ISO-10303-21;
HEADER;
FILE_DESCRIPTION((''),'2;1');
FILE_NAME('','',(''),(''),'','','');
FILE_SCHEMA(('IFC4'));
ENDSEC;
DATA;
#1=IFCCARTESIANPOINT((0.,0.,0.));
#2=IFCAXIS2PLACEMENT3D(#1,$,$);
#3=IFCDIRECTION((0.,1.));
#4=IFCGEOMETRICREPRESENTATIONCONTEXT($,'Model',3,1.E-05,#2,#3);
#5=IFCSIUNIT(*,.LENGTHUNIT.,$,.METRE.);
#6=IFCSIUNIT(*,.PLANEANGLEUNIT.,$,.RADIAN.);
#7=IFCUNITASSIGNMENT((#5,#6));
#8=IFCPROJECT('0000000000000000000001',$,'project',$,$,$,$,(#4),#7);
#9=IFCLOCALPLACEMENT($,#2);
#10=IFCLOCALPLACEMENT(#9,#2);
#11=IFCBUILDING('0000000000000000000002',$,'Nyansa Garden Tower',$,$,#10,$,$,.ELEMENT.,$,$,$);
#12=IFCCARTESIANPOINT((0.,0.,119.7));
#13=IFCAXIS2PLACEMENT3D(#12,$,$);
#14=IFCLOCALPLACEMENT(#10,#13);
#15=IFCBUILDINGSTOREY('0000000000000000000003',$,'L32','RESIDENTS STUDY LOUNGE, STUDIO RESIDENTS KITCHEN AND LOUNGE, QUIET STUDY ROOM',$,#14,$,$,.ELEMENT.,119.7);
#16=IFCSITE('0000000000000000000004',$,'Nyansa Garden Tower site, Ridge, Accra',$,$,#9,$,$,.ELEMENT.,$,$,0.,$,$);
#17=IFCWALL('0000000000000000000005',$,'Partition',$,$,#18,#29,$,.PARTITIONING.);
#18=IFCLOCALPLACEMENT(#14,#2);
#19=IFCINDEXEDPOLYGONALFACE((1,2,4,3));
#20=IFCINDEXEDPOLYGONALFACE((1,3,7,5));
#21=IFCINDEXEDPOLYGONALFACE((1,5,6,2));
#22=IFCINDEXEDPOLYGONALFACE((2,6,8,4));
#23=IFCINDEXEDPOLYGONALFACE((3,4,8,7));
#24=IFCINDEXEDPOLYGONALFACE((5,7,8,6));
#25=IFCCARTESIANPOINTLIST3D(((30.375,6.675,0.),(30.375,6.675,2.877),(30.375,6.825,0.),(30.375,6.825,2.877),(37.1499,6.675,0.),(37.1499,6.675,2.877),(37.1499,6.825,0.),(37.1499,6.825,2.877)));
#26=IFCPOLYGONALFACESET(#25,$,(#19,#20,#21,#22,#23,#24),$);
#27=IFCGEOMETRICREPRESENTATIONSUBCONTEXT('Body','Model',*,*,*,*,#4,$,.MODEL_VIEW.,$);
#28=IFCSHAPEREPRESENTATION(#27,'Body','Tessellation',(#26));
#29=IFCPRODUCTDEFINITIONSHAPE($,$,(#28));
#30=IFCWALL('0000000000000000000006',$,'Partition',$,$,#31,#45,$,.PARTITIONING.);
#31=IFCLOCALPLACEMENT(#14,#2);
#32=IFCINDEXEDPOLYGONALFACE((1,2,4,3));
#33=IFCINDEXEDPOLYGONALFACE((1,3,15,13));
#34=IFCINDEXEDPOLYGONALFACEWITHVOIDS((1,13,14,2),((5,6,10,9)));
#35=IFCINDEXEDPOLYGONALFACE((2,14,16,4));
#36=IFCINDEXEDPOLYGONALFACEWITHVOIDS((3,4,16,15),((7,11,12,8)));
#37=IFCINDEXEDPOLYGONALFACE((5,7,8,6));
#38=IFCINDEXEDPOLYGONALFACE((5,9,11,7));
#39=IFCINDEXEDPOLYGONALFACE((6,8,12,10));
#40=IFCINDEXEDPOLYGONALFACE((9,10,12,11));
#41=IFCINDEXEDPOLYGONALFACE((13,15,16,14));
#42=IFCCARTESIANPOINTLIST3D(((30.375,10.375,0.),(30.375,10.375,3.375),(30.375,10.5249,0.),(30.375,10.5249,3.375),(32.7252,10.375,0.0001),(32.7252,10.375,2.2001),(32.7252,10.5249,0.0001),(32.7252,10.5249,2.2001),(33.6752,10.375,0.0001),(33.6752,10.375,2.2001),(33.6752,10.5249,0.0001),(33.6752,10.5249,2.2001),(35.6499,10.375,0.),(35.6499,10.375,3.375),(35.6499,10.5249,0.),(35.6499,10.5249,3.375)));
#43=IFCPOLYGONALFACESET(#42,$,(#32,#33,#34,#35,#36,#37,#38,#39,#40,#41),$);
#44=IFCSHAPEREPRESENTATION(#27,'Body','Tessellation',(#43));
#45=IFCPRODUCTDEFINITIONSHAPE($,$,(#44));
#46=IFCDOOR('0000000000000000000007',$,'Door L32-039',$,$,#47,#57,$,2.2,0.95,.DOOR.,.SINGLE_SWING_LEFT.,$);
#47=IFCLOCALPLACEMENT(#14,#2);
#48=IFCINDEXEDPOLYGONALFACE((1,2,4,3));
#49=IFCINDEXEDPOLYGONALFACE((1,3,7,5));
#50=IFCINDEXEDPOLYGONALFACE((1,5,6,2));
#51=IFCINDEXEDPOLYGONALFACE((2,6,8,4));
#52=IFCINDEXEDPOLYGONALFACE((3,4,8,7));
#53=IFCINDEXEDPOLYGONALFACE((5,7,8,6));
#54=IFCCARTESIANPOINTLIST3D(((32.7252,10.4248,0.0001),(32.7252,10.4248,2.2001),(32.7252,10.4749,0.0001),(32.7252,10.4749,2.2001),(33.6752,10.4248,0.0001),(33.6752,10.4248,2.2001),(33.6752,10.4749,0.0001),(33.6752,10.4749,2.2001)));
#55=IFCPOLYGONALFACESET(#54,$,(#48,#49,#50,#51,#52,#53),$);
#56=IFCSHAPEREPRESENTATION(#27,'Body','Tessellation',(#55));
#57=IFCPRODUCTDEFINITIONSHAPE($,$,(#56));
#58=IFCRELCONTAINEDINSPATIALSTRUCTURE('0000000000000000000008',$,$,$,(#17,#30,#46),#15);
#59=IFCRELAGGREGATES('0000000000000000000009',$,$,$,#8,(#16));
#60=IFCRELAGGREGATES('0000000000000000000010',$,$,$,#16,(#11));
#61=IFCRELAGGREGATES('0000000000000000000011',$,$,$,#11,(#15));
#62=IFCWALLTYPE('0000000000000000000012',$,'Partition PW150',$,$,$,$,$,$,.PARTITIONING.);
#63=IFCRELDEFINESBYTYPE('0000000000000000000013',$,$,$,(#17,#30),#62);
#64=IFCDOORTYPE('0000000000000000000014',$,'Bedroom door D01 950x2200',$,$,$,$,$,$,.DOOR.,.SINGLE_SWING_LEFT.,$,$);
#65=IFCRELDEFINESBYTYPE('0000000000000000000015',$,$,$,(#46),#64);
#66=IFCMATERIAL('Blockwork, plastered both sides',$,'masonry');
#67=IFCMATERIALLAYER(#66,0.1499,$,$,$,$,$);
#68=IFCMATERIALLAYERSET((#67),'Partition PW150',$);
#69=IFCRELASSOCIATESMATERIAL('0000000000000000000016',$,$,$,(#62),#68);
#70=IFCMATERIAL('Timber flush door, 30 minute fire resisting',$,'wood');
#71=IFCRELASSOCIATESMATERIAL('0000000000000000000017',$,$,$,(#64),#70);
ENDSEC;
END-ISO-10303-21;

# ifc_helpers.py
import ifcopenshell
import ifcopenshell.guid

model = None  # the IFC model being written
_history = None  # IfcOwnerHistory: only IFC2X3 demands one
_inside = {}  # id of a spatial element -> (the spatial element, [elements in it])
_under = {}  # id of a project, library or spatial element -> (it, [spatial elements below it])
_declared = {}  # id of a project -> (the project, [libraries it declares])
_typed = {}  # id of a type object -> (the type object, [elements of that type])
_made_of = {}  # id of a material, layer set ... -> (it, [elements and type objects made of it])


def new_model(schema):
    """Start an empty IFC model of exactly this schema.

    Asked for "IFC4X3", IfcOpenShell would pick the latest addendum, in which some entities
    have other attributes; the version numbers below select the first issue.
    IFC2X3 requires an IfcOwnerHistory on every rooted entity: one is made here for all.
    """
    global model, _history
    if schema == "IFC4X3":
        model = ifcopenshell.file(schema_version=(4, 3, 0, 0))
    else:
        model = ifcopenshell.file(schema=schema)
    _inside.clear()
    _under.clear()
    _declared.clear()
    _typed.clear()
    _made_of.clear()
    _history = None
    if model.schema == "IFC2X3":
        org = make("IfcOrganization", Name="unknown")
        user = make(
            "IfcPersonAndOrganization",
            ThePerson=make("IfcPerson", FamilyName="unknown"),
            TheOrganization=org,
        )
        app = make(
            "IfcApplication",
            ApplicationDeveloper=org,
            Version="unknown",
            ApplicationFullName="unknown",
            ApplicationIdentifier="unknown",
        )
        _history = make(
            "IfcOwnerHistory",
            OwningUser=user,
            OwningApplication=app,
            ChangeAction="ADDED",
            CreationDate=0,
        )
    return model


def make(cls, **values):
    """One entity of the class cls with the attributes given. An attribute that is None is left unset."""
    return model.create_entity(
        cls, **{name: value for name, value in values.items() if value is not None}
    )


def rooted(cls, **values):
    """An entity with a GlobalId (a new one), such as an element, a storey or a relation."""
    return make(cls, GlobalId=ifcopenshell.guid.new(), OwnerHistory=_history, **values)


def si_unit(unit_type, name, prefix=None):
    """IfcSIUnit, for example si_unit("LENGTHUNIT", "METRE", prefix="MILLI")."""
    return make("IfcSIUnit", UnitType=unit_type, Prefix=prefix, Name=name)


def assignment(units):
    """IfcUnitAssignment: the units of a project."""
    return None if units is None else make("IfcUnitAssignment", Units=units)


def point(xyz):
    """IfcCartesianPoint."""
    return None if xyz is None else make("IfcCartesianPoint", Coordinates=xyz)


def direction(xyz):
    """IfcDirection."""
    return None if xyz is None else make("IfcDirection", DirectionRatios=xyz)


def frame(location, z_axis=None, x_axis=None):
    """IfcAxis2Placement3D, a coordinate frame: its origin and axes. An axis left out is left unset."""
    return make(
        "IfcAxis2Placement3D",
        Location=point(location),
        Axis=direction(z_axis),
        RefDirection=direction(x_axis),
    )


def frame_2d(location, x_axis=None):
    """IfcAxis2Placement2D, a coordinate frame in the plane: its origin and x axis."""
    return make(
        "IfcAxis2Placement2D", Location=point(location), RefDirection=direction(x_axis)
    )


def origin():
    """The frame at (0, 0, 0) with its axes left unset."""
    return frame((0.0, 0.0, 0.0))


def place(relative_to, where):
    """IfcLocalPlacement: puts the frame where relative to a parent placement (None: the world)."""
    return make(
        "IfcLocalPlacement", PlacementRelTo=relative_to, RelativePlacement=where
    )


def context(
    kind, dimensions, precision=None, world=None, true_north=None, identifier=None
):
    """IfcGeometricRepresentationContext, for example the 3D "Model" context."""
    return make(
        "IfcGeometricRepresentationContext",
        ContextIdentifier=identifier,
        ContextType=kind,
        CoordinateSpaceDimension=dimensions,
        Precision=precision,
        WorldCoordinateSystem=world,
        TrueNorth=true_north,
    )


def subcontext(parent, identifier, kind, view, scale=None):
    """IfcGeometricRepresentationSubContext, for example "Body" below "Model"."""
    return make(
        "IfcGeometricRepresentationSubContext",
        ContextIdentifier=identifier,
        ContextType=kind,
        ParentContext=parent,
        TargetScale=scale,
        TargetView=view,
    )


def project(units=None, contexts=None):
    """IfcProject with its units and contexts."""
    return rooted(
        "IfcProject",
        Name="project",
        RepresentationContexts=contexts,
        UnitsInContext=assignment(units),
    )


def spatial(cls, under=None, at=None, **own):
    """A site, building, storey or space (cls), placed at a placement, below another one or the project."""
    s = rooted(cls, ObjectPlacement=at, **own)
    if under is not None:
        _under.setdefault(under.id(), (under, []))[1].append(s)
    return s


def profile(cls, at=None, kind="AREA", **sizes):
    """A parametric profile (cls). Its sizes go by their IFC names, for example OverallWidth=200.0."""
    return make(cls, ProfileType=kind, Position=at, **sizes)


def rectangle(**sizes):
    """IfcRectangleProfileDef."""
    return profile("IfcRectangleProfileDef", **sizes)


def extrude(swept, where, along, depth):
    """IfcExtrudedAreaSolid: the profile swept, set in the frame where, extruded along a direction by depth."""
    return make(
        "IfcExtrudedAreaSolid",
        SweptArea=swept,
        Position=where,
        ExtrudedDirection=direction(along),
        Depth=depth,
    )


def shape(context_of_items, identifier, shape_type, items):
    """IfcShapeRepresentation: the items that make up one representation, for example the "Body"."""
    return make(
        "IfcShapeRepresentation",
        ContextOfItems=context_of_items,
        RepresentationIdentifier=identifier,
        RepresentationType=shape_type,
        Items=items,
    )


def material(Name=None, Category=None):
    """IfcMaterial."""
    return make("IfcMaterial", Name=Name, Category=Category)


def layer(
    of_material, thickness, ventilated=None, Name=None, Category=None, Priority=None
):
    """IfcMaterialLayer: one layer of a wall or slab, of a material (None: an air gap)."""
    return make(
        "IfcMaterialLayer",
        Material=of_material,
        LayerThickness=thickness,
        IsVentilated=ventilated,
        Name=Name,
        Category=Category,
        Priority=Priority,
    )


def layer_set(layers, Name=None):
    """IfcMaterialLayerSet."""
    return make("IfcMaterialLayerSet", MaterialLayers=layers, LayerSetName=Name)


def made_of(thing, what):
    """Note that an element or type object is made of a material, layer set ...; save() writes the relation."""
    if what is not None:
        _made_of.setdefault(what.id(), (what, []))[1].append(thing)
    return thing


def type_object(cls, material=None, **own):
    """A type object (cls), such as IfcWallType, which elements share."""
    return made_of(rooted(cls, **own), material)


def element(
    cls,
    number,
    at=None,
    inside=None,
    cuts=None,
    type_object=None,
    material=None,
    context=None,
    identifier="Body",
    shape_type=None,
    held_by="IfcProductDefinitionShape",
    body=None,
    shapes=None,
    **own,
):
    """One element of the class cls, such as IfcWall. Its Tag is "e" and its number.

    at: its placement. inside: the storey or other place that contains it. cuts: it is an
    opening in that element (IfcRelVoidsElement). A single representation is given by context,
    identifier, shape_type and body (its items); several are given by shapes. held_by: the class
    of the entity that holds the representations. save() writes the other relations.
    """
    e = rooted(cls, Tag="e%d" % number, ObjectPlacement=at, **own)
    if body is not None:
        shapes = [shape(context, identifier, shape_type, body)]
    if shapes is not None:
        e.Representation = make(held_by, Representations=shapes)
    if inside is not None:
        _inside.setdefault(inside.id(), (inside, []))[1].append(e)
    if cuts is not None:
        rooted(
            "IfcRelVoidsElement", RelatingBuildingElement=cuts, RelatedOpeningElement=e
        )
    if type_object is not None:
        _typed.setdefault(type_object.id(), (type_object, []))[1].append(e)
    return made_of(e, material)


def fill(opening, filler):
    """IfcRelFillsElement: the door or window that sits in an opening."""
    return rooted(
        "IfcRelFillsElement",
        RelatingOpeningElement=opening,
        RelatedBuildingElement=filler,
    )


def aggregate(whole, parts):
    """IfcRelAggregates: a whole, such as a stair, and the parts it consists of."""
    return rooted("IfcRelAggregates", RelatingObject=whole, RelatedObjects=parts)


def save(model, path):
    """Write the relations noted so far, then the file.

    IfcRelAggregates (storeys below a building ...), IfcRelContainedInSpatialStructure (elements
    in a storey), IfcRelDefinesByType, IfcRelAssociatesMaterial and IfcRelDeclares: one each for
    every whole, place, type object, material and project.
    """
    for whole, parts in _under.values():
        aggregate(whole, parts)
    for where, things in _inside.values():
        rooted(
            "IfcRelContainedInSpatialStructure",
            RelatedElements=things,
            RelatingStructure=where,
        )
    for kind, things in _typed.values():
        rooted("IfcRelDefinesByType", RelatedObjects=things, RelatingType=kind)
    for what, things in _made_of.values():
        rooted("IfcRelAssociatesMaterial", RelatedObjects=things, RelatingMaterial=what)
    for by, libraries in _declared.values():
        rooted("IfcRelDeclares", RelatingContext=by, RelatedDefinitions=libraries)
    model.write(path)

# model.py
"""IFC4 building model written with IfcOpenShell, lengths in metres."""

from ifc_helpers import new_model, si_unit, direction, frame, frame_2d, origin, place, context, subcontext, project, spatial, rectangle, extrude, material, layer, layer_set, type_object, element, fill, save


model = new_model("IFC4")

# Units and contexts
model_context = context("Model", 3, precision=1e-05, world=origin(), true_north=direction((0.0, 1.0)))
body_context = subcontext(model_context, "Body", "Model", "MODEL_VIEW")
ifc_project = project(units=[si_unit("LENGTHUNIT", "METRE"), si_unit("PLANEANGLEUNIT", "RADIAN")], contexts=[model_context])

# Site, building, storey
site_placement = place(None, origin())
site = spatial("IfcSite", under=ifc_project, at=site_placement, Name="Nyansa Garden Tower site, Ridge, Accra", CompositionType="ELEMENT", RefElevation=0.0)
building_placement = place(site_placement, origin())
building = spatial("IfcBuilding", under=site, at=building_placement, Name="Nyansa Garden Tower", CompositionType="ELEMENT")
storey_placement = place(building_placement, frame((0.0, 0.0, 119.7)))
storey = spatial("IfcBuildingStorey", under=building, at=storey_placement, Name="L32", Description="RESIDENTS STUDY LOUNGE, STUDIO RESIDENTS KITCHEN AND LOUNGE, QUIET STUDY ROOM", CompositionType="ELEMENT", Elevation=119.7)

# Wall
ifc_material_1 = material(Name="Blockwork, plastered both sides", Category="masonry")
ifc_layer_1 = layer(ifc_material_1, 0.1499)
ifc_layer_set_1 = layer_set([ifc_layer_1], Name="Partition PW150")
wall_type_1 = type_object("IfcWallType", Name="Partition PW150", PredefinedType="PARTITIONING", material=ifc_layer_set_1)
wall_1_placement = place(storey_placement, frame((30.375, 6.75, 0.0), z_axis=(0.0, 0.0, 1.0), x_axis=(1.0, 0.0, 0.0)))
element("IfcWall", 1, at=wall_1_placement, inside=storey, type_object=wall_type_1, Name="Partition", PredefinedType="PARTITIONING", context=body_context, shape_type="SweptSolid", body=[
    extrude(rectangle(XDim=6.7749, YDim=0.1499, at=frame_2d((3.3875, 0.0))), origin(), (0.0, 0.0, 1.0), 2.877),
])

# Wall, opening, door
wall_2_placement = place(storey_placement, frame((30.375, 10.45, 0.0), z_axis=(0.0, 0.0, 1.0), x_axis=(1.0, 0.0, 0.0)))
wall_2 = element("IfcWall", 2, at=wall_2_placement, inside=storey, type_object=wall_type_1, Name="Partition", PredefinedType="PARTITIONING", context=body_context, shape_type="SweptSolid", body=[
    extrude(rectangle(XDim=5.2749, YDim=0.1499, at=frame_2d((2.6375, 0.0))), origin(), (0.0, 0.0, 1.0), 3.375),
])
opening_1_placement = place(wall_2_placement, frame((2.3501, 0.0, 0.0)))
opening_1 = element("IfcOpeningElement", 3, at=opening_1_placement, cuts=wall_2, PredefinedType="OPENING", context=body_context, shape_type="SweptSolid", body=[
    extrude(rectangle(XDim=0.95, YDim=2.2, at=frame_2d((0.4751, 1.1001))), frame((0.0, 0.085, 0.0), z_axis=(0.0, -1.0, 0.0), x_axis=(1.0, 0.0, 0.0)), (0.0, 0.0, 1.0), 0.1699),
])
ifc_material_2 = material(Name="Timber flush door, 30 minute fire resisting", Category="wood")
door_type_1 = type_object("IfcDoorType", Name="Bedroom door D01 950x2200", OperationType="SINGLE_SWING_LEFT", PredefinedType="DOOR", material=ifc_material_2)
door_1_placement = place(opening_1_placement, origin())
door_1 = element("IfcDoor", 4, at=door_1_placement, inside=storey, type_object=door_type_1, Name="Door L32-039", OperationType="SINGLE_SWING_LEFT", OverallHeight=2.2, OverallWidth=0.95, PredefinedType="DOOR", context=body_context, shape_type="SweptSolid", body=[
    extrude(rectangle(XDim=0.95, YDim=2.2, at=frame_2d((0.4751, 1.1001))), frame((0.0, 0.0249, 0.0), z_axis=(0.0, -1.0, 0.0), x_axis=(1.0, 0.0, 0.0)), (0.0, 0.0, 1.0), 0.05),
])
fill(opening_1, door_1)

save(model, "model.ifc")
